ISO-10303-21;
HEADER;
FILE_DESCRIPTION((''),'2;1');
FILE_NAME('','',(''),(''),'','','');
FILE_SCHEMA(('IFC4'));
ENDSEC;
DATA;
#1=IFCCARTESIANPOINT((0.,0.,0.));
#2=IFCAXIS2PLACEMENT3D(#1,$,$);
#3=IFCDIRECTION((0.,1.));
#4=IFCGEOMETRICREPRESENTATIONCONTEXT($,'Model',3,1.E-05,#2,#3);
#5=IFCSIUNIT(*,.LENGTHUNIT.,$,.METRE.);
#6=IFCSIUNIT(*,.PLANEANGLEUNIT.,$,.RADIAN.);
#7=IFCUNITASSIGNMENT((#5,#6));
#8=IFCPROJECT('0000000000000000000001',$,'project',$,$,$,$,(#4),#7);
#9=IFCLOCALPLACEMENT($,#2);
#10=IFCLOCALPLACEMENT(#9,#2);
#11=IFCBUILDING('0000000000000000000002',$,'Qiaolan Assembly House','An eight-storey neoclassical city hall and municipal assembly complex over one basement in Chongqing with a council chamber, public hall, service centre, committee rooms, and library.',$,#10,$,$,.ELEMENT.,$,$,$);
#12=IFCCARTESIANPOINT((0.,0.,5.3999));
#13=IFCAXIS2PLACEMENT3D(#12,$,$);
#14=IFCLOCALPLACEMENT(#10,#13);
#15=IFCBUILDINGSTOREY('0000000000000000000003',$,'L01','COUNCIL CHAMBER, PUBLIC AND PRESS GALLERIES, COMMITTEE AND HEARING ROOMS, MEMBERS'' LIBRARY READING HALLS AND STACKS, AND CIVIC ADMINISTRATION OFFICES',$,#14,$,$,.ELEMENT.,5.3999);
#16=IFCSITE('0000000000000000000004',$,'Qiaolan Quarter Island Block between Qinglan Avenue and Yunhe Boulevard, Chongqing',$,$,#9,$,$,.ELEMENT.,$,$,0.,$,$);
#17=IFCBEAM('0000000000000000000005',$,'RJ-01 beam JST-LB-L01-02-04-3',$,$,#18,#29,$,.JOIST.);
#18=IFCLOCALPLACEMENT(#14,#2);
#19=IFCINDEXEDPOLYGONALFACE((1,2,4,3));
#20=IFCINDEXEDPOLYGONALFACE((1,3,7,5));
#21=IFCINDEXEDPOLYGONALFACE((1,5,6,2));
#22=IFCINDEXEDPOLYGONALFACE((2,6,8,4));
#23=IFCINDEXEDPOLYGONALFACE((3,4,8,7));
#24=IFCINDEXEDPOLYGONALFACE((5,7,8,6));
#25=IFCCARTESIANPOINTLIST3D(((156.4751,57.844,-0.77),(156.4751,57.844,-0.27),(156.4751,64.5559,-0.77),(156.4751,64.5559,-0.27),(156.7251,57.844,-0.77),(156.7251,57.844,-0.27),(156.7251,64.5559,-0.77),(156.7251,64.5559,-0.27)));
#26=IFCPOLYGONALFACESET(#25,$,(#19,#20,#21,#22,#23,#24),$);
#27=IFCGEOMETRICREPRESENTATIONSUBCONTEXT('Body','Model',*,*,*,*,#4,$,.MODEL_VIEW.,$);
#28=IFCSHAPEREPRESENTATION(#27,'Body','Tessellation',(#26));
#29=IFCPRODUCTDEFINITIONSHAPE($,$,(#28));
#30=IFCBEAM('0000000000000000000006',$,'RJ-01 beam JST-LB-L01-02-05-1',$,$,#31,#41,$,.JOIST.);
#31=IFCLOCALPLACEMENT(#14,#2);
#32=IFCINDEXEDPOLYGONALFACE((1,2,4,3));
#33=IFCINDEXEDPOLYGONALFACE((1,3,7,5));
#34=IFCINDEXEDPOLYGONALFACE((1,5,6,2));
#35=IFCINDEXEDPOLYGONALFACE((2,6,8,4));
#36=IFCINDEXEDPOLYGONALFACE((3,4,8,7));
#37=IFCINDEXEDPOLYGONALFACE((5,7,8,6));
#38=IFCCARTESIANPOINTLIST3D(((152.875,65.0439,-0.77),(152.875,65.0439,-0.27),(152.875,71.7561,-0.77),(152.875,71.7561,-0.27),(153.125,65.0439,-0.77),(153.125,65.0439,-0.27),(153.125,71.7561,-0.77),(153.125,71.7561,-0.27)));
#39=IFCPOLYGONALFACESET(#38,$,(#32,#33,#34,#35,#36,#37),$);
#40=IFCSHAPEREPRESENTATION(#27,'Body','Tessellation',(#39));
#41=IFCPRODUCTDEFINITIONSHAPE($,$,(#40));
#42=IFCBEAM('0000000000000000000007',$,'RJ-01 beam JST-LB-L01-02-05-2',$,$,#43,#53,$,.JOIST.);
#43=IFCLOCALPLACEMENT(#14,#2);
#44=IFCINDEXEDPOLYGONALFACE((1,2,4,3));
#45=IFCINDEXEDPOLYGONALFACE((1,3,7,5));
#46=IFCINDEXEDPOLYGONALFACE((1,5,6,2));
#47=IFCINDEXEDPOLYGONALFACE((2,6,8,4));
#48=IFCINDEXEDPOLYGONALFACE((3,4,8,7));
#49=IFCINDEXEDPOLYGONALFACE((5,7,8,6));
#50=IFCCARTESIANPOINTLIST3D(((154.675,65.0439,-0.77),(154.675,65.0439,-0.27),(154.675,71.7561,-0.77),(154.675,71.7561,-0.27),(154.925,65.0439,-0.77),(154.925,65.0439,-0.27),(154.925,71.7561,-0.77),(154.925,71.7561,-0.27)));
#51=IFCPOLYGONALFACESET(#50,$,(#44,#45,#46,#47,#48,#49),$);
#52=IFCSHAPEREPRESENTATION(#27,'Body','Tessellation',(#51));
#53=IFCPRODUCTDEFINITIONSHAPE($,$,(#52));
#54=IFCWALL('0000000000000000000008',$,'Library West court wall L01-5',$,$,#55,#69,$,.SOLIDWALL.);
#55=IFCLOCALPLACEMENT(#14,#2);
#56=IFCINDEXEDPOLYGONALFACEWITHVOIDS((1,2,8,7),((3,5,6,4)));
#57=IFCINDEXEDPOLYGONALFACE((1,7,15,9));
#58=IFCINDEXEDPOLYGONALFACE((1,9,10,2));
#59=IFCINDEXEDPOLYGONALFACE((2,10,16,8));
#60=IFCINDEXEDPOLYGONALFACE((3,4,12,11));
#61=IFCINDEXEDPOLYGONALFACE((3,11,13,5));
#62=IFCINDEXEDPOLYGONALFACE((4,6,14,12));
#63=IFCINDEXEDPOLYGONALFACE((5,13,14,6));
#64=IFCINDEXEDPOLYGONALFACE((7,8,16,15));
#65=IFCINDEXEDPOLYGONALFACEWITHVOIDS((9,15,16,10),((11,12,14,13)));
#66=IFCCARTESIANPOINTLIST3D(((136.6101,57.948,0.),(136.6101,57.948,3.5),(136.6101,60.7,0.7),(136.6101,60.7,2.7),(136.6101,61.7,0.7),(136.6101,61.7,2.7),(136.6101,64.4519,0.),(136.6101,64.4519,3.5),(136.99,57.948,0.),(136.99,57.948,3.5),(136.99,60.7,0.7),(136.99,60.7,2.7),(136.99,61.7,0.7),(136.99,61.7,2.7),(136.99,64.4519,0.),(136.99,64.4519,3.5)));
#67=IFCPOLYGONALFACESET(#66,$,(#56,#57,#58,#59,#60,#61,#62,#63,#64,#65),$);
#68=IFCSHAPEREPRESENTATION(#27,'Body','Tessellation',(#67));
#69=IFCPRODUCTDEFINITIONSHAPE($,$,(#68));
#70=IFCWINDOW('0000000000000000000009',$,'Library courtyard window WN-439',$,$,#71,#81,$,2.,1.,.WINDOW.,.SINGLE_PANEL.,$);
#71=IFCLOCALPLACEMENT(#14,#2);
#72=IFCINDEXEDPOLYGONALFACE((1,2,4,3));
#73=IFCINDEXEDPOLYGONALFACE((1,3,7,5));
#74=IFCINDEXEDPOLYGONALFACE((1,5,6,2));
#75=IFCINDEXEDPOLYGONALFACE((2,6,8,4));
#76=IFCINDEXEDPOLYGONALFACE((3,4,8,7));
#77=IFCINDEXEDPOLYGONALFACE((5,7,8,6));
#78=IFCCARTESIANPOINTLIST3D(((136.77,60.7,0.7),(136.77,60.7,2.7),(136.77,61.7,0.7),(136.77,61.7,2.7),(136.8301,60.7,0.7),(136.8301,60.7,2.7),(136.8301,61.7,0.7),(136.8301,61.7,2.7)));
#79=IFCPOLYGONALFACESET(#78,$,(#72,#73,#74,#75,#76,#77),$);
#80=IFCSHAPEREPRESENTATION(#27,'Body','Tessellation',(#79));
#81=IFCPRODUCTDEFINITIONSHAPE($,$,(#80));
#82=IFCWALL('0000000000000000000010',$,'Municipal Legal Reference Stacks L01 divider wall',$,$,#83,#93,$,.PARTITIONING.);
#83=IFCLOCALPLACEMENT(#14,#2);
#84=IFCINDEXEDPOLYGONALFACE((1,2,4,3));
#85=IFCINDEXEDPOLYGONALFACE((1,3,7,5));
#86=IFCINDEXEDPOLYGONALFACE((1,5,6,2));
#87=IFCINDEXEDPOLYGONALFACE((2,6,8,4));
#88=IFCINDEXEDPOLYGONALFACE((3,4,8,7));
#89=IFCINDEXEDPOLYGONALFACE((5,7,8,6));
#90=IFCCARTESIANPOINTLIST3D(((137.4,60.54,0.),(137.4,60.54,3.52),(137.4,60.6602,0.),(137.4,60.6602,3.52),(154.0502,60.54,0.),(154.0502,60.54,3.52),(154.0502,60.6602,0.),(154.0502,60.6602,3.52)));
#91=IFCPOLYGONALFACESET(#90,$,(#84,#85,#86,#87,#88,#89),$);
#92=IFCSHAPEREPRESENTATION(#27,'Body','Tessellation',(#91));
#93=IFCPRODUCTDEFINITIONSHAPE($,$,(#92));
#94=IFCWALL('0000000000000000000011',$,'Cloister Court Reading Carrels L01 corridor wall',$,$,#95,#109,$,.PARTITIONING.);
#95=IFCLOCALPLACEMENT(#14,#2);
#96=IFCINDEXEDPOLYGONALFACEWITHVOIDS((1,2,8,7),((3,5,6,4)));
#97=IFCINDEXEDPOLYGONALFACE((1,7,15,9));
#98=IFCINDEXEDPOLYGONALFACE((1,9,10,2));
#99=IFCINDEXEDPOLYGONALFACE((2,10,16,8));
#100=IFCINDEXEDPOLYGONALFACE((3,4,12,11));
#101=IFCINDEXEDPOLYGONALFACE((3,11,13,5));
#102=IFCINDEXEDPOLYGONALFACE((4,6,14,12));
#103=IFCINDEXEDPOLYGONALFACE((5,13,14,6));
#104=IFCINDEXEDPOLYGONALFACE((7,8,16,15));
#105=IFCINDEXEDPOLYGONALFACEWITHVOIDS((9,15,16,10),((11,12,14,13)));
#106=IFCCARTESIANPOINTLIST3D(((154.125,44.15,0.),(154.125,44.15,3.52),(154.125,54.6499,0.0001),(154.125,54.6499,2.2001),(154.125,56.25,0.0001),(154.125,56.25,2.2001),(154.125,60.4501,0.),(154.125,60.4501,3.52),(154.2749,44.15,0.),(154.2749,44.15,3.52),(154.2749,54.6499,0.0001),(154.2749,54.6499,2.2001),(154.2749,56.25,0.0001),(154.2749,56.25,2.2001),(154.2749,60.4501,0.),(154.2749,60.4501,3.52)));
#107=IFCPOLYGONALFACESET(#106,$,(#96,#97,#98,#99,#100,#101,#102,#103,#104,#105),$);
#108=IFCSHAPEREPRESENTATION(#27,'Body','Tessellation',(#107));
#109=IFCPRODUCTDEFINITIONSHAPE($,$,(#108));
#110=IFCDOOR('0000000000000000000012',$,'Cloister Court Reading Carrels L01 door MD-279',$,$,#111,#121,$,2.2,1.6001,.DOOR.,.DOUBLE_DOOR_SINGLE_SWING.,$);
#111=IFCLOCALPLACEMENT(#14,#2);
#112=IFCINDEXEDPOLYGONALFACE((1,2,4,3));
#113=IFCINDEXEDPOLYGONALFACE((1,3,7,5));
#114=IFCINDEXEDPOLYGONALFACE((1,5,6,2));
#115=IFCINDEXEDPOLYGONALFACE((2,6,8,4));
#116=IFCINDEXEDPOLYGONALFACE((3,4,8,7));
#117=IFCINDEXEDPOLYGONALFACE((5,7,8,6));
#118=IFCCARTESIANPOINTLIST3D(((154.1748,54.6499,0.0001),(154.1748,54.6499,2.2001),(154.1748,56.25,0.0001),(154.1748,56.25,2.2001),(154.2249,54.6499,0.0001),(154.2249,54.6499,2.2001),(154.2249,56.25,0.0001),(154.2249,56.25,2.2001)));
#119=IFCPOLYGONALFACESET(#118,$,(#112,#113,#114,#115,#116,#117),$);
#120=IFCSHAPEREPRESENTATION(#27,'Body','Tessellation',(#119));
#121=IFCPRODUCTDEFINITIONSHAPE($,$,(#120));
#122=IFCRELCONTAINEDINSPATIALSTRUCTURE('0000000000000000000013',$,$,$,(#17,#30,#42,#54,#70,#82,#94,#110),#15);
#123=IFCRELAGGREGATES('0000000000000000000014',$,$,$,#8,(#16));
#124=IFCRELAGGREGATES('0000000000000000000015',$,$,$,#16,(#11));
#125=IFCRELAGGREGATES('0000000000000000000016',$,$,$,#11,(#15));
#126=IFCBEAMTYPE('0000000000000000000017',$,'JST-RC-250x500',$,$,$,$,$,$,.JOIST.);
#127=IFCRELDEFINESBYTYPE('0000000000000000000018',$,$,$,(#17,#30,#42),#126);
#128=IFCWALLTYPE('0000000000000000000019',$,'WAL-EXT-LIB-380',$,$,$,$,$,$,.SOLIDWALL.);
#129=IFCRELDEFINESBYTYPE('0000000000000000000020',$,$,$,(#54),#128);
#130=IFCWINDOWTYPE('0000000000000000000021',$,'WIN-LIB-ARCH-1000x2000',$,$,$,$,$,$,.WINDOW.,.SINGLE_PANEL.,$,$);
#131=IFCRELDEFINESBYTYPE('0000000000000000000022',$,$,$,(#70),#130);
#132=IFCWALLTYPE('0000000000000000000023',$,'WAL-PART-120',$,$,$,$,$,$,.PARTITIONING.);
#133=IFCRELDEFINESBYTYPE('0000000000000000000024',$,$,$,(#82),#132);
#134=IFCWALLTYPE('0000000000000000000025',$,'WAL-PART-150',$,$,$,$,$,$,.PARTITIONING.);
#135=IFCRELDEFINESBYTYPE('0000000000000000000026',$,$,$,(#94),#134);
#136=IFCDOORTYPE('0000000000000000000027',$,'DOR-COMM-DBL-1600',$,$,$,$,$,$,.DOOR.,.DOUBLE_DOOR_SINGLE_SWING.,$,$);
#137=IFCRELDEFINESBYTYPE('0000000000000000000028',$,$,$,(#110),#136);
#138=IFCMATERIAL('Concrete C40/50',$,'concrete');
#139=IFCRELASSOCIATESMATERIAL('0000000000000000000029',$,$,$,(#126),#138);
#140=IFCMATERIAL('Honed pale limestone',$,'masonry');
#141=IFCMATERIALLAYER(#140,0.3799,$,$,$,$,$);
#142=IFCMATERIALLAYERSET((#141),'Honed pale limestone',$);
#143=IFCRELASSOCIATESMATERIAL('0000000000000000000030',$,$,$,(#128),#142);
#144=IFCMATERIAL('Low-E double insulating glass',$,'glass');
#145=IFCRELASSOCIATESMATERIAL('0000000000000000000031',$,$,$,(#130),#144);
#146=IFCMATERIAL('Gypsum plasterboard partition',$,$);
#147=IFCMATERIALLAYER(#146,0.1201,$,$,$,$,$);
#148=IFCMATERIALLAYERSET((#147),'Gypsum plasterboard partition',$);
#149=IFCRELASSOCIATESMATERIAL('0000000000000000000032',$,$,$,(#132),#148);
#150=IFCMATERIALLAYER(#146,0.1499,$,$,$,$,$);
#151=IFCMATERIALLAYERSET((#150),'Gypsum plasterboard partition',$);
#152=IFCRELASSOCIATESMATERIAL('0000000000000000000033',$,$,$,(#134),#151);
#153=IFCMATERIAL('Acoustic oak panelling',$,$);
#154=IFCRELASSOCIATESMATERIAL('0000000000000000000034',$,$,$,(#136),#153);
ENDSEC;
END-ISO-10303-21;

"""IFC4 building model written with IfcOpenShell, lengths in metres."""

from ifc_helpers import new_model, si_unit, direction, frame, frame_2d, origin, origin_2d, place, context, subcontext, project, spatial, rectangle, extrude, material, layer, layer_set, material_profile, profile_set, type_object, element, fill, save


model = new_model("IFC4")

# Units and contexts
model_context = context("Model", 3, precision=1e-05, world=origin(), true_north=direction((0.0, 1.0)))
body_context = subcontext(model_context, "Body", "Model", "MODEL_VIEW")
ifc_project = project(units=[si_unit("LENGTHUNIT", "METRE"), si_unit("PLANEANGLEUNIT", "RADIAN")], contexts=[model_context])

# Site, building, storey
site_placement = place(None, origin())
site = spatial("IfcSite", under=ifc_project, at=site_placement, Name="Qiaolan Quarter Island Block between Qinglan Avenue and Yunhe Boulevard, Chongqing", CompositionType="ELEMENT", RefElevation=0.0)
building_placement = place(site_placement, origin())
building = spatial("IfcBuilding", under=site, at=building_placement, Name="Qiaolan Assembly House", Description="An eight-storey neoclassical city hall and municipal assembly complex over one basement in Chongqing with a council chamber, public hall, service centre, committee rooms, and library.", CompositionType="ELEMENT")
storey_placement = place(building_placement, frame((0.0, 0.0, 5.3999)))
storey = spatial("IfcBuildingStorey", under=building, at=storey_placement, Name="L01", Description="COUNCIL CHAMBER, PUBLIC AND PRESS GALLERIES, COMMITTEE AND HEARING ROOMS, MEMBERS' LIBRARY READING HALLS AND STACKS, AND CIVIC ADMINISTRATION OFFICES", CompositionType="ELEMENT", Elevation=5.3999)

# Shared definitions
ifc_material_1 = material(Name="Concrete C40/50", Category="concrete")

# Beams
ifc_material_profile_1 = material_profile(ifc_material_1, rectangle(XDim=0.25, YDim=0.5, at=origin_2d()), Name="RCB 250x500")
ifc_profile_set_1 = profile_set([ifc_material_profile_1], Name="Concrete C40/50")
beam_type_1 = type_object("IfcBeamType", Name="JST-RC-250x500", PredefinedType="JOIST", material=ifc_profile_set_1)
for number, where, z_axis, x_axis, name in (
    (1, (156.6001, 57.844, -0.52), (0.0, 1.0, 0.0), (-1.0, 0.0, 0.0), "RJ-01 beam JST-LB-L01-02-04-3"),
):
    element("IfcBeam", number, at=place(storey_placement, frame(where, z_axis=z_axis, x_axis=x_axis)), inside=storey, type_object=beam_type_1, Name=name, PredefinedType="JOIST", context=body_context, shape_type="SweptSolid", body=[
        extrude(rectangle(XDim=0.25, YDim=0.5, at=origin_2d()), origin(), (0.0, 0.0, 1.0), 6.7119),
    ])
for number, where, z_axis, x_axis, name in (
    (2, (153.0, 65.0439, -0.52), (0.0, 1.0, 0.0), (-1.0, 0.0, 0.0), "RJ-01 beam JST-LB-L01-02-05-1"),
    (3, (154.8, 65.0439, -0.52), (0.0, 1.0, 0.0), (-1.0, 0.0, 0.0), "RJ-01 beam JST-LB-L01-02-05-2"),
):
    element("IfcBeam", number, at=place(storey_placement, frame(where, z_axis=z_axis, x_axis=x_axis)), inside=storey, type_object=beam_type_1, Name=name, PredefinedType="JOIST", context=body_context, shape_type="SweptSolid", body=[
        extrude(rectangle(XDim=0.25, YDim=0.5, at=origin_2d()), origin(), (0.0, 0.0, 1.0), 6.7122),
    ])

# Wall, opening, window
ifc_material_2 = material(Name="Honed pale limestone", Category="masonry")
ifc_layer_1 = layer(ifc_material_2, 0.3799)
ifc_layer_set_1 = layer_set([ifc_layer_1], Name="Honed pale limestone")
wall_type_1 = type_object("IfcWallType", Name="WAL-EXT-LIB-380", PredefinedType="SOLIDWALL", material=ifc_layer_set_1)
wall_1_placement = place(storey_placement, frame((136.8, 57.948, 0.0), z_axis=(0.0, 0.0, 1.0), x_axis=(0.0, 1.0, 0.0)))
wall_1 = element("IfcWall", 4, at=wall_1_placement, inside=storey, type_object=wall_type_1, Name="Library West court wall L01-5", PredefinedType="SOLIDWALL", context=body_context, shape_type="SweptSolid", body=[
    extrude(rectangle(XDim=6.5039, YDim=0.3799, at=frame_2d((3.252, 0.0))), origin(), (0.0, 0.0, 1.0), 3.5),
])
opening_1_placement = place(wall_1_placement, frame((2.752, 0.0, 0.7)))
opening_1 = element("IfcOpeningElement", 5, at=opening_1_placement, cuts=wall_1, PredefinedType="OPENING", context=body_context, shape_type="SweptSolid", body=[
    extrude(rectangle(XDim=1.0, YDim=2.0, at=frame_2d((0.5, 1.0))), frame((0.0, 0.2, 0.0), z_axis=(0.0, -1.0, 0.0), x_axis=(1.0, 0.0, 0.0)), (0.0, 0.0, 1.0), 0.3999),
])
ifc_material_3 = material(Name="Low-E double insulating glass", Category="glass")
window_type = type_object("IfcWindowType", Name="WIN-LIB-ARCH-1000x2000", PartitioningType="SINGLE_PANEL", PredefinedType="WINDOW", material=ifc_material_3)
window_placement = place(opening_1_placement, origin())
window = element("IfcWindow", 6, at=window_placement, inside=storey, type_object=window_type, Name="Library courtyard window WN-439", OverallHeight=2.0, OverallWidth=1.0, PartitioningType="SINGLE_PANEL", PredefinedType="WINDOW", context=body_context, shape_type="SweptSolid", body=[
    extrude(rectangle(XDim=1.0, YDim=2.0, at=frame_2d((0.5, 1.0))), frame((0.0, 0.03, 0.0), z_axis=(0.0, -1.0, 0.0), x_axis=(1.0, 0.0, 0.0)), (0.0, 0.0, 1.0), 0.0601),
])
fill(opening_1, window)

# Wall
ifc_material_4 = material(Name="Gypsum plasterboard partition")
ifc_layer_2 = layer(ifc_material_4, 0.1201)
ifc_layer_set_2 = layer_set([ifc_layer_2], Name="Gypsum plasterboard partition")
wall_type_2 = type_object("IfcWallType", Name="WAL-PART-120", PredefinedType="PARTITIONING", material=ifc_layer_set_2)
wall_2_placement = place(storey_placement, frame((137.3999, 60.6001, 0.0), z_axis=(0.0, 0.0, 1.0), x_axis=(1.0, 0.0, 0.0)))
element("IfcWall", 7, at=wall_2_placement, inside=storey, type_object=wall_type_2, Name="Municipal Legal Reference Stacks L01 divider wall", PredefinedType="PARTITIONING", context=body_context, shape_type="SweptSolid", body=[
    extrude(rectangle(XDim=16.6501, YDim=0.1201, at=frame_2d((8.3252, 0.0))), origin(), (0.0, 0.0, 1.0), 3.52),
])

# Wall, opening, door
ifc_layer_3 = layer(ifc_material_4, 0.1499)
ifc_layer_set_3 = layer_set([ifc_layer_3], Name="Gypsum plasterboard partition")
wall_type_3 = type_object("IfcWallType", Name="WAL-PART-150", PredefinedType="PARTITIONING", material=ifc_layer_set_3)
wall_3_placement = place(storey_placement, frame((154.2, 60.45, 0.0), z_axis=(0.0, 0.0, 1.0), x_axis=(0.0, -1.0, 0.0)))
wall_3 = element("IfcWall", 8, at=wall_3_placement, inside=storey, type_object=wall_type_3, Name="Cloister Court Reading Carrels L01 corridor wall", PredefinedType="PARTITIONING", context=body_context, shape_type="SweptSolid", body=[
    extrude(rectangle(XDim=16.3, YDim=0.1499, at=frame_2d((8.1499, 0.0))), origin(), (0.0, 0.0, 1.0), 3.52),
])
opening_2_placement = place(wall_3_placement, frame((4.2, 0.0, 0.0)))
opening_2 = element("IfcOpeningElement", 9, at=opening_2_placement, cuts=wall_3, PredefinedType="OPENING", context=body_context, shape_type="SweptSolid", body=[
    extrude(rectangle(XDim=1.6001, YDim=2.2, at=frame_2d((0.8, 1.1001))), frame((0.0, 0.085, 0.0), z_axis=(0.0, -1.0, 0.0), x_axis=(1.0, 0.0, 0.0)), (0.0, 0.0, 1.0), 0.1699),
])
ifc_material_5 = material(Name="Acoustic oak panelling")
door_type = type_object("IfcDoorType", Name="DOR-COMM-DBL-1600", OperationType="DOUBLE_DOOR_SINGLE_SWING", PredefinedType="DOOR", material=ifc_material_5)
door_placement = place(opening_2_placement, origin())
door = element("IfcDoor", 10, at=door_placement, inside=storey, type_object=door_type, Name="Cloister Court Reading Carrels L01 door MD-279", OperationType="DOUBLE_DOOR_SINGLE_SWING", OverallHeight=2.2, OverallWidth=1.6001, PredefinedType="DOOR", context=body_context, shape_type="SweptSolid", body=[
    extrude(rectangle(XDim=1.6001, YDim=2.2, at=frame_2d((0.8, 1.1001))), frame((0.0, 0.0249, 0.0), z_axis=(0.0, -1.0, 0.0), x_axis=(1.0, 0.0, 0.0)), (0.0, 0.0, 1.0), 0.05),
])
fill(opening_2, door)

save(model, "model.ifc")
